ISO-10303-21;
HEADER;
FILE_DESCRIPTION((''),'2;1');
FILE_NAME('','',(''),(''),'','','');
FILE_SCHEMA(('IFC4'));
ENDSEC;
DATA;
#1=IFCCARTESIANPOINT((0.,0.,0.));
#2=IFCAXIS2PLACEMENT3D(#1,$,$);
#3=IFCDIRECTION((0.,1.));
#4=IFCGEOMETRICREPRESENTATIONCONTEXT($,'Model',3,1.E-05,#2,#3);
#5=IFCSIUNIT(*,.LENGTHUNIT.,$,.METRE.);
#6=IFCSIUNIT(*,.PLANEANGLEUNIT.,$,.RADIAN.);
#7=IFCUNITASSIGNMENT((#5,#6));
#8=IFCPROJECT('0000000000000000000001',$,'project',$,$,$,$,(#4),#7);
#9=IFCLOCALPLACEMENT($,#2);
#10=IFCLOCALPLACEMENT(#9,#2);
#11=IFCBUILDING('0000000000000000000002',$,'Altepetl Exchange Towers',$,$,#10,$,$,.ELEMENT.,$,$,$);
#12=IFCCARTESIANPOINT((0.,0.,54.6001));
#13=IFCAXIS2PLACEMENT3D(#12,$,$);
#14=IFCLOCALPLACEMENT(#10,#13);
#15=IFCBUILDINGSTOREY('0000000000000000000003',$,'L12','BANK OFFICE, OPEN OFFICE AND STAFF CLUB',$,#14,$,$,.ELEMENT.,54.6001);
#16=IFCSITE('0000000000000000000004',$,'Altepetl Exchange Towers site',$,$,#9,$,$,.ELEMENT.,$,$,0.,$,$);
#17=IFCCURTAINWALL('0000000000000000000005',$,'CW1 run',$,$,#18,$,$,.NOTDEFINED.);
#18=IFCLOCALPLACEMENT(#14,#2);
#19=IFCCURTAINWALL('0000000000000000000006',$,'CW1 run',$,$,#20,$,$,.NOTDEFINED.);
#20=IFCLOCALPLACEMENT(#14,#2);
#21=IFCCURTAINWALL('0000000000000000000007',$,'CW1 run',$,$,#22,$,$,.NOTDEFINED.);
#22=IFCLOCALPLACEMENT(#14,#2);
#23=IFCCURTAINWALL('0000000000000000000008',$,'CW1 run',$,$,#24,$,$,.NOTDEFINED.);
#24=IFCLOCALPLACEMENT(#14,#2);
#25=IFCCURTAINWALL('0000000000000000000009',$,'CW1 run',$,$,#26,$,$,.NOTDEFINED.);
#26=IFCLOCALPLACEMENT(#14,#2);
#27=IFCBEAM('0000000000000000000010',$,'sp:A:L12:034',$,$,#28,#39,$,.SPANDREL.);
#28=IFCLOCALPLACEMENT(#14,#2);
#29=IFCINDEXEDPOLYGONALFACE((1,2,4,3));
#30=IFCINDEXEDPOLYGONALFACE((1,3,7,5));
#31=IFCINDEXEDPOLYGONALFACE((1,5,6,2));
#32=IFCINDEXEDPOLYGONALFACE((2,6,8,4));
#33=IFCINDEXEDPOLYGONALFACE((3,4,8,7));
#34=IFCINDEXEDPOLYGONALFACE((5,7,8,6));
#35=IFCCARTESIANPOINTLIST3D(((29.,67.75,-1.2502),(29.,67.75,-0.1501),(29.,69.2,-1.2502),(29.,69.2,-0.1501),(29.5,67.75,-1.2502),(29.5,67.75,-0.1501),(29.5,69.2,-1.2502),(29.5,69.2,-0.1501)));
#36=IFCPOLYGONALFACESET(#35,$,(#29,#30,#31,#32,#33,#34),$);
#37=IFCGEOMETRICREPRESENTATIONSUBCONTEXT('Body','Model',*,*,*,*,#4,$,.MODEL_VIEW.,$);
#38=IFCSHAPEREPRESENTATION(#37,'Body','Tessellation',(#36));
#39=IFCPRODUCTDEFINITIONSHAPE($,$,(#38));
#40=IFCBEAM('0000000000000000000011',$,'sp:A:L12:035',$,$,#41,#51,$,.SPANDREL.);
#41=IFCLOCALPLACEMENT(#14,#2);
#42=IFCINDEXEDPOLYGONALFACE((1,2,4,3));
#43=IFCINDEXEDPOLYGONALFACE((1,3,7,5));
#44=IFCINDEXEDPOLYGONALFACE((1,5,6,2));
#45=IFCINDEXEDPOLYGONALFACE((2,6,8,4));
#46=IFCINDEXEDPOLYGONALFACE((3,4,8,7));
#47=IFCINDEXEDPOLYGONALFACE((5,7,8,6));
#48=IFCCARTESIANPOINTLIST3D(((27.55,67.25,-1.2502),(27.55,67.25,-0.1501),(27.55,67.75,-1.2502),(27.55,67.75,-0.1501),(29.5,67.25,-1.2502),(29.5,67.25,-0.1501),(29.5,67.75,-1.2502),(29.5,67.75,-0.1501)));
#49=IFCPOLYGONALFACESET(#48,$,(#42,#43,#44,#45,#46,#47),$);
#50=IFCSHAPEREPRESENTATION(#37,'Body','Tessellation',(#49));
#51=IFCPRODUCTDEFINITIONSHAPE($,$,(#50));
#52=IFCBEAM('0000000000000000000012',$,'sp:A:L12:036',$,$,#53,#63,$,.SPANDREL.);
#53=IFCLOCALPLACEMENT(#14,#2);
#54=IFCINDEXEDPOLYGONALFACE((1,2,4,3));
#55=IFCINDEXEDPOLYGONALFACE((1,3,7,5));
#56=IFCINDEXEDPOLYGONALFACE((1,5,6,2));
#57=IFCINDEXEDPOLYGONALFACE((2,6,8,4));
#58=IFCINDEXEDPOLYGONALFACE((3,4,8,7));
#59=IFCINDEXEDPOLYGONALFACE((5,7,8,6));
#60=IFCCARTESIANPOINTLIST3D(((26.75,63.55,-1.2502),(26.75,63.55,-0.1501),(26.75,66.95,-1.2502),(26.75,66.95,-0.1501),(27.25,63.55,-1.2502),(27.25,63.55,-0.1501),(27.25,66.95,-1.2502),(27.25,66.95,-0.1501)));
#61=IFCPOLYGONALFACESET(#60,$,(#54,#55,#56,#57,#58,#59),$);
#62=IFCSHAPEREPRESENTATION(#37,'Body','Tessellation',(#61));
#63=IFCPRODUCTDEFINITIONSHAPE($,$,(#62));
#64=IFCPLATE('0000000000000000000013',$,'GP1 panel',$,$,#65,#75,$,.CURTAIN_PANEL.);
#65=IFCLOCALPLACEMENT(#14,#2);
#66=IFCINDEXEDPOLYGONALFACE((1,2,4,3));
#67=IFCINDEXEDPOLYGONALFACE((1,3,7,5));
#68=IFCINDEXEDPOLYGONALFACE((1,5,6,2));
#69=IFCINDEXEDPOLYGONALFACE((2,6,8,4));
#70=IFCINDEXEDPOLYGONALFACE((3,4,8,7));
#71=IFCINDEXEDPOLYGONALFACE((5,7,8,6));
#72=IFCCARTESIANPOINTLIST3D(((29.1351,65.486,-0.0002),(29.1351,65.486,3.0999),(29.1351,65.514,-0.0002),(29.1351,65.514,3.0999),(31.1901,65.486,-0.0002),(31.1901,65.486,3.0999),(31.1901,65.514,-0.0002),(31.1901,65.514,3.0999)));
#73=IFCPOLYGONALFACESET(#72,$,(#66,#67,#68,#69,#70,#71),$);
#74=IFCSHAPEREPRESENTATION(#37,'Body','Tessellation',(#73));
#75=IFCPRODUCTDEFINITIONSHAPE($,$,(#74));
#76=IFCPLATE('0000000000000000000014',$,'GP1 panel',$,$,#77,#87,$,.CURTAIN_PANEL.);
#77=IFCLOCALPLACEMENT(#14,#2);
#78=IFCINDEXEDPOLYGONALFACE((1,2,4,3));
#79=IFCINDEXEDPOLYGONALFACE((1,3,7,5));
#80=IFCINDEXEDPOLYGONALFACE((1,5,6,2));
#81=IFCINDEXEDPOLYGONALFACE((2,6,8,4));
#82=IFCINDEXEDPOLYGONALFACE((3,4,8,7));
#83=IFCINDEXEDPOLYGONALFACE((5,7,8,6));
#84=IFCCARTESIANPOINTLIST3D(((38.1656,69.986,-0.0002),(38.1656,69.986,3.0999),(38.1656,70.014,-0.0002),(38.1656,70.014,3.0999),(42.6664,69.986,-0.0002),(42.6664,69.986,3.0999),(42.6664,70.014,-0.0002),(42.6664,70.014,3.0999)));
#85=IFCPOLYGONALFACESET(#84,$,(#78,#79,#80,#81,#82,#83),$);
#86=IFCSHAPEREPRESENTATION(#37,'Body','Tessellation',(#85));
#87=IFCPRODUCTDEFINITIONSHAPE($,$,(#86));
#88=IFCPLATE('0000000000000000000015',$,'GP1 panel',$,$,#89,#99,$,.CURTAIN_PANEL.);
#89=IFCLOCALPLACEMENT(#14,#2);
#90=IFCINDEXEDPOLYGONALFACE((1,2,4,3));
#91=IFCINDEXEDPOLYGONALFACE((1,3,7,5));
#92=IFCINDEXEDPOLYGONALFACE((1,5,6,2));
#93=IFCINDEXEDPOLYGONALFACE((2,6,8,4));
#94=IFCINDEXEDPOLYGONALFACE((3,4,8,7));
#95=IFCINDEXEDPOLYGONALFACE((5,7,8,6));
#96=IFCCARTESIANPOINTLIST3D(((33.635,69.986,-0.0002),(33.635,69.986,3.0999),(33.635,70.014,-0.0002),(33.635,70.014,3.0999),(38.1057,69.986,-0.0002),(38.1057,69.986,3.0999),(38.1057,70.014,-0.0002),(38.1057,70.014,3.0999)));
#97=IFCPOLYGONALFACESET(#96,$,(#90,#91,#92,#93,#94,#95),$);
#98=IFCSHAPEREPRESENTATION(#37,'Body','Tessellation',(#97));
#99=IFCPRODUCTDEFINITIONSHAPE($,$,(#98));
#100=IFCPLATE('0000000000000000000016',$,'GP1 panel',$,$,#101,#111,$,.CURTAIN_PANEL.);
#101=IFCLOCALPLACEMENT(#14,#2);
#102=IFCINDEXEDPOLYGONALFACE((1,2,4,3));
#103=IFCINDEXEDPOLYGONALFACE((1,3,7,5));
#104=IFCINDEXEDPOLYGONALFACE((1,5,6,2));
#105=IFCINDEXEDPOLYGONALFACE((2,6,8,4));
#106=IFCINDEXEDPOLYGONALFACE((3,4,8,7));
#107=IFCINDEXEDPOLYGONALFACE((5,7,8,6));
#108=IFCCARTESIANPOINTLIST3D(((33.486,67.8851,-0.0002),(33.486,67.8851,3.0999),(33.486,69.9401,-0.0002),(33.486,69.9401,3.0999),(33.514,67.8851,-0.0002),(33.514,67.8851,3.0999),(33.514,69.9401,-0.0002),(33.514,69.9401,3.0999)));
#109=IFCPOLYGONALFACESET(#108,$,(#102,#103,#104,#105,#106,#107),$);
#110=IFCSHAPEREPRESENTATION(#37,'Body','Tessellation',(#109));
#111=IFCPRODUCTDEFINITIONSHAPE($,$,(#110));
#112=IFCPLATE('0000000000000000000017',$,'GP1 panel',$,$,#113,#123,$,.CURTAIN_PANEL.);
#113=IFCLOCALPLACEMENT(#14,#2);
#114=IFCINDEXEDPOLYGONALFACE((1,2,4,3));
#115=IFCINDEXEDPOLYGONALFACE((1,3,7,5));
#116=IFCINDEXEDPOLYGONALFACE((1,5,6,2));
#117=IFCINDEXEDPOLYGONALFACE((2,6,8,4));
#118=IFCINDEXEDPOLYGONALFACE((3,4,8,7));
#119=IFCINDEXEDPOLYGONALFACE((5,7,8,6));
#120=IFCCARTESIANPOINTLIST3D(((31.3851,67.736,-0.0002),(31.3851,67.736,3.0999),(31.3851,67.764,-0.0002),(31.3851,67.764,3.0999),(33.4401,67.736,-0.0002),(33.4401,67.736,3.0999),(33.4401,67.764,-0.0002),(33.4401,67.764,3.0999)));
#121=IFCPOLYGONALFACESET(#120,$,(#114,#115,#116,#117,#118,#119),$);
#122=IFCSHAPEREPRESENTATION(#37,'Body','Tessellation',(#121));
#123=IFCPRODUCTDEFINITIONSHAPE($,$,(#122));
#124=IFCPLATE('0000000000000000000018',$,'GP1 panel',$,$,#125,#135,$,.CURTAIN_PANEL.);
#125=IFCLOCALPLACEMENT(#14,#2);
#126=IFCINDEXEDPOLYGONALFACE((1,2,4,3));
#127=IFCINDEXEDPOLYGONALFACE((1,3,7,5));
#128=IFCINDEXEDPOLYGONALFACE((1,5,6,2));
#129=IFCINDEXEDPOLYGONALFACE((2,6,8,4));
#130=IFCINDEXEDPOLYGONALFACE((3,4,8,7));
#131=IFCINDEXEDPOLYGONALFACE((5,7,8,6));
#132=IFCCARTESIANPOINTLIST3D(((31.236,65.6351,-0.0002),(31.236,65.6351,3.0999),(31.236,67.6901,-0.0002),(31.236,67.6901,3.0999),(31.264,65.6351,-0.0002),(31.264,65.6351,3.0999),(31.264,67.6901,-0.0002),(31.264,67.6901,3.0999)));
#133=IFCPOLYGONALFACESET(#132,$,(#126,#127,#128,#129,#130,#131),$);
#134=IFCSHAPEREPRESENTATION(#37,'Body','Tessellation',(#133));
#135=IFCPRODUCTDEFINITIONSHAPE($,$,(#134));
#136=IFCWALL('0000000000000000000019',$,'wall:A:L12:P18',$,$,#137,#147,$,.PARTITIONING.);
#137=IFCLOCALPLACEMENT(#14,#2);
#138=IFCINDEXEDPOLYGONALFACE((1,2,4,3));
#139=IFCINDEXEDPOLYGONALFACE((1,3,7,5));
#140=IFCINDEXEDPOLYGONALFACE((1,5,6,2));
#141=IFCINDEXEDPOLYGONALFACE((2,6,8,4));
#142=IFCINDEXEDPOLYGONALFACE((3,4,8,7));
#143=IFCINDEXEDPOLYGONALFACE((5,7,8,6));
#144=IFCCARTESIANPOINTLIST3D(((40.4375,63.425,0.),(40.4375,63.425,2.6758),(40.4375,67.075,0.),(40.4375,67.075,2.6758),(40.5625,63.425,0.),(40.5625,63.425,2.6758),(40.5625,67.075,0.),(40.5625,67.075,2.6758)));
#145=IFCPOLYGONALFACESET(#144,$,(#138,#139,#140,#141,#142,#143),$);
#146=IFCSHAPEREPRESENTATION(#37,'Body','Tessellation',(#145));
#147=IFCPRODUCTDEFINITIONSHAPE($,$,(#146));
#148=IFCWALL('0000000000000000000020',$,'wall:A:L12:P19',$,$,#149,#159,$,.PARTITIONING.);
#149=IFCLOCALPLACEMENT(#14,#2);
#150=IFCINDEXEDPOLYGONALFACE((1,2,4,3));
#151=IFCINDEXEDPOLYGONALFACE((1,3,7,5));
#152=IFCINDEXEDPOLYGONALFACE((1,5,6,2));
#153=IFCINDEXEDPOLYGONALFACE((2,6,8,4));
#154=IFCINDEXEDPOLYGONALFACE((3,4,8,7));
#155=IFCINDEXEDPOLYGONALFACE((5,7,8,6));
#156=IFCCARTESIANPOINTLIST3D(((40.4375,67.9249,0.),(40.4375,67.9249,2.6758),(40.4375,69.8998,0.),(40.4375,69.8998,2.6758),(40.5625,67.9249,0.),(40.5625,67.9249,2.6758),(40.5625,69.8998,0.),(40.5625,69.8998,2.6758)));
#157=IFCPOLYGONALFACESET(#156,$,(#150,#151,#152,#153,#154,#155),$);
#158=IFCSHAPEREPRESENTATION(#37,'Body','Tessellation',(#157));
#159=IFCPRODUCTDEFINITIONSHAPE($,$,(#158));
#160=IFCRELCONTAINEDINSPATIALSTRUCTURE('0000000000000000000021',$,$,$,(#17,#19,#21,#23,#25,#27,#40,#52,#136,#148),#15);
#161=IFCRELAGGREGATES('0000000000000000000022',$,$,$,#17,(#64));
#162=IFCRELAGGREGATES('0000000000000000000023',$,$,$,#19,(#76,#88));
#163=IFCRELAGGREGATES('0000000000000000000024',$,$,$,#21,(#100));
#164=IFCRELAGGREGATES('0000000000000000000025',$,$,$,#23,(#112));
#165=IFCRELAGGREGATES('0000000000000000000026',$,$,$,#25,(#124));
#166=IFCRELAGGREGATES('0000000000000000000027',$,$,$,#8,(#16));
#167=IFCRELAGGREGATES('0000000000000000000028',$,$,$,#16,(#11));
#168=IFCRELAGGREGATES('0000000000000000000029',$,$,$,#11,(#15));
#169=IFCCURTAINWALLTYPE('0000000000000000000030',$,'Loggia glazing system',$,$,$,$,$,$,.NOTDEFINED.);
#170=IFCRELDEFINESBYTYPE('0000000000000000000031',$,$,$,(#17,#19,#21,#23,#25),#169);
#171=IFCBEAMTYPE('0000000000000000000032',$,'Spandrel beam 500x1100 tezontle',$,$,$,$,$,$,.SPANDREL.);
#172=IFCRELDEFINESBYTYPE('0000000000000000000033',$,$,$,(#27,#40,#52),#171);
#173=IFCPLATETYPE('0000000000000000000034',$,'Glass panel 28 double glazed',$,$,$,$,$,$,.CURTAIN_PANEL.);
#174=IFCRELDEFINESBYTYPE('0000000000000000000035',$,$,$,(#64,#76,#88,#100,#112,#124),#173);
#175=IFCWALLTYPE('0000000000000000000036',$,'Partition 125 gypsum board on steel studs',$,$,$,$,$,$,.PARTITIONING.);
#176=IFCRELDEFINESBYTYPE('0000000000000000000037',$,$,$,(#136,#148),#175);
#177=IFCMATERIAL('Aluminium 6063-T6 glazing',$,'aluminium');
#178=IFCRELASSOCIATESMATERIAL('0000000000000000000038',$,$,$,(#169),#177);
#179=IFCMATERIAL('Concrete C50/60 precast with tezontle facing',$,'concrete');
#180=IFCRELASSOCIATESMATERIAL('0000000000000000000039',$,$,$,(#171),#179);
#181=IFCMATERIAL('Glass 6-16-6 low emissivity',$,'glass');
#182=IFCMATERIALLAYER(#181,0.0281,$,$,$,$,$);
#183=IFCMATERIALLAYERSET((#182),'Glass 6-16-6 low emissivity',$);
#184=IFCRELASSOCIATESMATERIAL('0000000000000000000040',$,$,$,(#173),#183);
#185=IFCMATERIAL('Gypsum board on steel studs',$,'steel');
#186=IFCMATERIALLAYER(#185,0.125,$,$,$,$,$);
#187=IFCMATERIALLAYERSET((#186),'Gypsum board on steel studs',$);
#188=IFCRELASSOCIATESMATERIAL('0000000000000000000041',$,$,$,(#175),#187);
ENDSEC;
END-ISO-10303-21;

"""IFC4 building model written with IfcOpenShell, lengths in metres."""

from ifc_helpers import new_model, si_unit, direction, frame, frame_2d, origin, origin_2d, place, context, subcontext, project, spatial, rectangle, extrude, material, layer, layer_set, material_profile, profile_set, type_object, element, aggregate, save


model = new_model("IFC4")

# Units and contexts
model_context = context("Model", 3, precision=1e-05, world=origin(), true_north=direction((0.0, 1.0)))
body_context = subcontext(model_context, "Body", "Model", "MODEL_VIEW")
ifc_project = project(units=[si_unit("LENGTHUNIT", "METRE"), si_unit("PLANEANGLEUNIT", "RADIAN")], contexts=[model_context])

# Site, building, storey
site_placement = place(None, origin())
site = spatial("IfcSite", under=ifc_project, at=site_placement, Name="Altepetl Exchange Towers site", CompositionType="ELEMENT", RefElevation=0.0)
building_placement = place(site_placement, origin())
building = spatial("IfcBuilding", under=site, at=building_placement, Name="Altepetl Exchange Towers", CompositionType="ELEMENT")
storey_placement = place(building_placement, frame((0.0, 0.0, 54.6001)))
storey = spatial("IfcBuildingStorey", under=building, at=storey_placement, Name="L12", Description="BANK OFFICE, OPEN OFFICE AND STAFF CLUB", CompositionType="ELEMENT", Elevation=54.6001)

# Curtain wall
ifc_material_1 = material(Name="Aluminium 6063-T6 glazing", Category="aluminium")
curtain_wall_type = type_object("IfcCurtainWallType", Name="Loggia glazing system", PredefinedType="NOTDEFINED", material=ifc_material_1)
curtain_wall_1_placement = place(storey_placement, origin())
curtain_wall_1 = element("IfcCurtainWall", 1, at=curtain_wall_1_placement, inside=storey, type_object=curtain_wall_type, Name="CW1 run", PredefinedType="NOTDEFINED")

# Curtain walls
curtain_wall_2_placement = place(storey_placement, origin())
curtain_wall_2 = element("IfcCurtainWall", 2, at=curtain_wall_2_placement, inside=storey, type_object=curtain_wall_type, Name="CW1 run", PredefinedType="NOTDEFINED")
curtain_wall_3_placement = place(storey_placement, origin())
curtain_wall_3 = element("IfcCurtainWall", 3, at=curtain_wall_3_placement, inside=storey, type_object=curtain_wall_type, Name="CW1 run", PredefinedType="NOTDEFINED")
curtain_wall_4_placement = place(storey_placement, origin())
curtain_wall_4 = element("IfcCurtainWall", 4, at=curtain_wall_4_placement, inside=storey, type_object=curtain_wall_type, Name="CW1 run", PredefinedType="NOTDEFINED")
curtain_wall_5_placement = place(storey_placement, origin())
curtain_wall_5 = element("IfcCurtainWall", 5, at=curtain_wall_5_placement, inside=storey, type_object=curtain_wall_type, Name="CW1 run", PredefinedType="NOTDEFINED")

# Beams
ifc_material_2 = material(Name="Concrete C50/60 precast with tezontle facing", Category="concrete")
ifc_material_profile_1 = material_profile(ifc_material_2, rectangle(XDim=0.5, YDim=1.1001, at=origin_2d()), Name="500 x 1100")
ifc_profile_set_1 = profile_set([ifc_material_profile_1], Name="Concrete C50/60 precast with tezontle facing")
beam_type_1 = type_object("IfcBeamType", Name="Spandrel beam 500x1100 tezontle", PredefinedType="SPANDREL", material=ifc_profile_set_1)
beam_1_placement = place(storey_placement, frame((29.25, 69.2, -0.7002), z_axis=(0.0, -1.0, 0.0), x_axis=(1.0, 0.0, 0.0)))
element("IfcBeam", 6, at=beam_1_placement, inside=storey, type_object=beam_type_1, Name="sp:A:L12:034", PredefinedType="SPANDREL", context=body_context, shape_type="SweptSolid", body=[
    extrude(rectangle(XDim=0.5, YDim=1.1001, at=origin_2d()), origin(), (0.0, 0.0, 1.0), 1.45),
])
beam_2_placement = place(storey_placement, frame((29.5, 67.5, -0.7002), z_axis=(-1.0, 0.0, 0.0), x_axis=(0.0, -1.0, 0.0)))
element("IfcBeam", 7, at=beam_2_placement, inside=storey, type_object=beam_type_1, Name="sp:A:L12:035", PredefinedType="SPANDREL", context=body_context, shape_type="SweptSolid", body=[
    extrude(rectangle(XDim=0.5, YDim=1.1001, at=origin_2d()), origin(), (0.0, 0.0, 1.0), 1.95),
])
beam_3_placement = place(storey_placement, frame((27.0, 66.95, -0.7002), z_axis=(0.0, -1.0, 0.0), x_axis=(1.0, 0.0, 0.0)))
element("IfcBeam", 8, at=beam_3_placement, inside=storey, type_object=beam_type_1, Name="sp:A:L12:036", PredefinedType="SPANDREL", context=body_context, shape_type="SweptSolid", body=[
    extrude(rectangle(XDim=0.5, YDim=1.1001, at=origin_2d()), origin(), (0.0, 0.0, 1.0), 3.3999),
])

# Plates
ifc_material_3 = material(Name="Glass 6-16-6 low emissivity", Category="glass")
ifc_layer_1 = layer(ifc_material_3, 0.0281)
ifc_layer_set_1 = layer_set([ifc_layer_1], Name="Glass 6-16-6 low emissivity")
plate_type = type_object("IfcPlateType", Name="Glass panel 28 double glazed", PredefinedType="CURTAIN_PANEL", material=ifc_layer_set_1)
plate_1_placement = place(storey_placement, frame((30.1626, 65.5, -0.0002), z_axis=(0.0, 0.0, 1.0), x_axis=(-1.0, 0.0, 0.0)))
plate_1 = element("IfcPlate", 9, at=plate_1_placement, type_object=plate_type, Name="GP1 panel", PredefinedType="CURTAIN_PANEL", context=body_context, shape_type="SweptSolid", body=[
    extrude(rectangle(XDim=2.0549, YDim=0.0281, at=origin_2d()), origin(), (0.0, 0.0, 1.0), 3.1001),
])
aggregate(curtain_wall_1, [plate_1])
plate_2_placement = place(storey_placement, frame((40.416, 70.0, -0.0002), z_axis=(0.0, 0.0, 1.0), x_axis=(-1.0, 0.0, 0.0)))
plate_2 = element("IfcPlate", 10, at=plate_2_placement, type_object=plate_type, Name="GP1 panel", PredefinedType="CURTAIN_PANEL", context=body_context, shape_type="SweptSolid", body=[
    extrude(rectangle(XDim=4.5007, YDim=0.0281, at=origin_2d()), origin(), (0.0, 0.0, 1.0), 3.1001),
])
plate_3_placement = place(storey_placement, frame((35.8704, 70.0, -0.0002), z_axis=(0.0, 0.0, 1.0), x_axis=(-1.0, 0.0, 0.0)))
plate_3 = element("IfcPlate", 11, at=plate_3_placement, type_object=plate_type, Name="GP1 panel", PredefinedType="CURTAIN_PANEL", context=body_context, shape_type="SweptSolid", body=[
    extrude(rectangle(XDim=4.4707, YDim=0.0281, at=origin_2d()), origin(), (0.0, 0.0, 1.0), 3.1001),
])
aggregate(curtain_wall_2, [plate_2, plate_3])
plate_4_placement = place(storey_placement, frame((33.5, 68.9126, -0.0002), z_axis=(0.0, 0.0, 1.0), x_axis=(0.0, -1.0, 0.0)))
plate_4 = element("IfcPlate", 12, at=plate_4_placement, type_object=plate_type, Name="GP1 panel", PredefinedType="CURTAIN_PANEL", context=body_context, shape_type="SweptSolid", body=[
    extrude(rectangle(XDim=2.0549, YDim=0.0281, at=origin_2d()), origin(), (0.0, 0.0, 1.0), 3.1001),
])
aggregate(curtain_wall_3, [plate_4])
plate_5_placement = place(storey_placement, frame((32.4126, 67.75, -0.0002), z_axis=(0.0, 0.0, 1.0), x_axis=(-1.0, 0.0, 0.0)))
plate_5 = element("IfcPlate", 13, at=plate_5_placement, type_object=plate_type, Name="GP1 panel", PredefinedType="CURTAIN_PANEL", context=body_context, shape_type="SweptSolid", body=[
    extrude(rectangle(XDim=2.0549, YDim=0.0281, at=origin_2d()), origin(), (0.0, 0.0, 1.0), 3.1001),
])
aggregate(curtain_wall_4, [plate_5])
plate_6_placement = place(storey_placement, frame((31.25, 66.6626, -0.0002), z_axis=(0.0, 0.0, 1.0), x_axis=(0.0, -1.0, 0.0)))
plate_6 = element("IfcPlate", 14, at=plate_6_placement, type_object=plate_type, Name="GP1 panel", PredefinedType="CURTAIN_PANEL", context=body_context, shape_type="SweptSolid", body=[
    extrude(rectangle(XDim=2.0549, YDim=0.0281, at=origin_2d()), origin(), (0.0, 0.0, 1.0), 3.1001),
])
aggregate(curtain_wall_5, [plate_6])

# Walls
ifc_material_4 = material(Name="Gypsum board on steel studs", Category="steel")
ifc_layer_2 = layer(ifc_material_4, 0.125)
ifc_layer_set_2 = layer_set([ifc_layer_2], Name="Gypsum board on steel studs")
wall_type = type_object("IfcWallType", Name="Partition 125 gypsum board on steel studs", PredefinedType="PARTITIONING", material=ifc_layer_set_2)
wall_1_placement = place(storey_placement, frame((40.5, 63.425, 0.0), z_axis=(0.0, 0.0, 1.0), x_axis=(0.0, 1.0, 0.0)))
element("IfcWall", 15, at=wall_1_placement, inside=storey, type_object=wall_type, Name="wall:A:L12:P18", PredefinedType="PARTITIONING", context=body_context, shape_type="SweptSolid", body=[
    extrude(rectangle(XDim=3.6499, YDim=0.125, at=frame_2d((1.825, 0.0))), origin(), (0.0, 0.0, 1.0), 2.6758),
])
wall_2_placement = place(storey_placement, frame((40.5, 67.925, 0.0), z_axis=(0.0, 0.0, 1.0), x_axis=(0.0, 1.0, 0.0)))
element("IfcWall", 16, at=wall_2_placement, inside=storey, type_object=wall_type, Name="wall:A:L12:P19", PredefinedType="PARTITIONING", context=body_context, shape_type="SweptSolid", body=[
    extrude(rectangle(XDim=1.9749, YDim=0.125, at=frame_2d((0.9873, 0.0))), origin(), (0.0, 0.0, 1.0), 2.6758),
])

save(model, "model.ifc")
